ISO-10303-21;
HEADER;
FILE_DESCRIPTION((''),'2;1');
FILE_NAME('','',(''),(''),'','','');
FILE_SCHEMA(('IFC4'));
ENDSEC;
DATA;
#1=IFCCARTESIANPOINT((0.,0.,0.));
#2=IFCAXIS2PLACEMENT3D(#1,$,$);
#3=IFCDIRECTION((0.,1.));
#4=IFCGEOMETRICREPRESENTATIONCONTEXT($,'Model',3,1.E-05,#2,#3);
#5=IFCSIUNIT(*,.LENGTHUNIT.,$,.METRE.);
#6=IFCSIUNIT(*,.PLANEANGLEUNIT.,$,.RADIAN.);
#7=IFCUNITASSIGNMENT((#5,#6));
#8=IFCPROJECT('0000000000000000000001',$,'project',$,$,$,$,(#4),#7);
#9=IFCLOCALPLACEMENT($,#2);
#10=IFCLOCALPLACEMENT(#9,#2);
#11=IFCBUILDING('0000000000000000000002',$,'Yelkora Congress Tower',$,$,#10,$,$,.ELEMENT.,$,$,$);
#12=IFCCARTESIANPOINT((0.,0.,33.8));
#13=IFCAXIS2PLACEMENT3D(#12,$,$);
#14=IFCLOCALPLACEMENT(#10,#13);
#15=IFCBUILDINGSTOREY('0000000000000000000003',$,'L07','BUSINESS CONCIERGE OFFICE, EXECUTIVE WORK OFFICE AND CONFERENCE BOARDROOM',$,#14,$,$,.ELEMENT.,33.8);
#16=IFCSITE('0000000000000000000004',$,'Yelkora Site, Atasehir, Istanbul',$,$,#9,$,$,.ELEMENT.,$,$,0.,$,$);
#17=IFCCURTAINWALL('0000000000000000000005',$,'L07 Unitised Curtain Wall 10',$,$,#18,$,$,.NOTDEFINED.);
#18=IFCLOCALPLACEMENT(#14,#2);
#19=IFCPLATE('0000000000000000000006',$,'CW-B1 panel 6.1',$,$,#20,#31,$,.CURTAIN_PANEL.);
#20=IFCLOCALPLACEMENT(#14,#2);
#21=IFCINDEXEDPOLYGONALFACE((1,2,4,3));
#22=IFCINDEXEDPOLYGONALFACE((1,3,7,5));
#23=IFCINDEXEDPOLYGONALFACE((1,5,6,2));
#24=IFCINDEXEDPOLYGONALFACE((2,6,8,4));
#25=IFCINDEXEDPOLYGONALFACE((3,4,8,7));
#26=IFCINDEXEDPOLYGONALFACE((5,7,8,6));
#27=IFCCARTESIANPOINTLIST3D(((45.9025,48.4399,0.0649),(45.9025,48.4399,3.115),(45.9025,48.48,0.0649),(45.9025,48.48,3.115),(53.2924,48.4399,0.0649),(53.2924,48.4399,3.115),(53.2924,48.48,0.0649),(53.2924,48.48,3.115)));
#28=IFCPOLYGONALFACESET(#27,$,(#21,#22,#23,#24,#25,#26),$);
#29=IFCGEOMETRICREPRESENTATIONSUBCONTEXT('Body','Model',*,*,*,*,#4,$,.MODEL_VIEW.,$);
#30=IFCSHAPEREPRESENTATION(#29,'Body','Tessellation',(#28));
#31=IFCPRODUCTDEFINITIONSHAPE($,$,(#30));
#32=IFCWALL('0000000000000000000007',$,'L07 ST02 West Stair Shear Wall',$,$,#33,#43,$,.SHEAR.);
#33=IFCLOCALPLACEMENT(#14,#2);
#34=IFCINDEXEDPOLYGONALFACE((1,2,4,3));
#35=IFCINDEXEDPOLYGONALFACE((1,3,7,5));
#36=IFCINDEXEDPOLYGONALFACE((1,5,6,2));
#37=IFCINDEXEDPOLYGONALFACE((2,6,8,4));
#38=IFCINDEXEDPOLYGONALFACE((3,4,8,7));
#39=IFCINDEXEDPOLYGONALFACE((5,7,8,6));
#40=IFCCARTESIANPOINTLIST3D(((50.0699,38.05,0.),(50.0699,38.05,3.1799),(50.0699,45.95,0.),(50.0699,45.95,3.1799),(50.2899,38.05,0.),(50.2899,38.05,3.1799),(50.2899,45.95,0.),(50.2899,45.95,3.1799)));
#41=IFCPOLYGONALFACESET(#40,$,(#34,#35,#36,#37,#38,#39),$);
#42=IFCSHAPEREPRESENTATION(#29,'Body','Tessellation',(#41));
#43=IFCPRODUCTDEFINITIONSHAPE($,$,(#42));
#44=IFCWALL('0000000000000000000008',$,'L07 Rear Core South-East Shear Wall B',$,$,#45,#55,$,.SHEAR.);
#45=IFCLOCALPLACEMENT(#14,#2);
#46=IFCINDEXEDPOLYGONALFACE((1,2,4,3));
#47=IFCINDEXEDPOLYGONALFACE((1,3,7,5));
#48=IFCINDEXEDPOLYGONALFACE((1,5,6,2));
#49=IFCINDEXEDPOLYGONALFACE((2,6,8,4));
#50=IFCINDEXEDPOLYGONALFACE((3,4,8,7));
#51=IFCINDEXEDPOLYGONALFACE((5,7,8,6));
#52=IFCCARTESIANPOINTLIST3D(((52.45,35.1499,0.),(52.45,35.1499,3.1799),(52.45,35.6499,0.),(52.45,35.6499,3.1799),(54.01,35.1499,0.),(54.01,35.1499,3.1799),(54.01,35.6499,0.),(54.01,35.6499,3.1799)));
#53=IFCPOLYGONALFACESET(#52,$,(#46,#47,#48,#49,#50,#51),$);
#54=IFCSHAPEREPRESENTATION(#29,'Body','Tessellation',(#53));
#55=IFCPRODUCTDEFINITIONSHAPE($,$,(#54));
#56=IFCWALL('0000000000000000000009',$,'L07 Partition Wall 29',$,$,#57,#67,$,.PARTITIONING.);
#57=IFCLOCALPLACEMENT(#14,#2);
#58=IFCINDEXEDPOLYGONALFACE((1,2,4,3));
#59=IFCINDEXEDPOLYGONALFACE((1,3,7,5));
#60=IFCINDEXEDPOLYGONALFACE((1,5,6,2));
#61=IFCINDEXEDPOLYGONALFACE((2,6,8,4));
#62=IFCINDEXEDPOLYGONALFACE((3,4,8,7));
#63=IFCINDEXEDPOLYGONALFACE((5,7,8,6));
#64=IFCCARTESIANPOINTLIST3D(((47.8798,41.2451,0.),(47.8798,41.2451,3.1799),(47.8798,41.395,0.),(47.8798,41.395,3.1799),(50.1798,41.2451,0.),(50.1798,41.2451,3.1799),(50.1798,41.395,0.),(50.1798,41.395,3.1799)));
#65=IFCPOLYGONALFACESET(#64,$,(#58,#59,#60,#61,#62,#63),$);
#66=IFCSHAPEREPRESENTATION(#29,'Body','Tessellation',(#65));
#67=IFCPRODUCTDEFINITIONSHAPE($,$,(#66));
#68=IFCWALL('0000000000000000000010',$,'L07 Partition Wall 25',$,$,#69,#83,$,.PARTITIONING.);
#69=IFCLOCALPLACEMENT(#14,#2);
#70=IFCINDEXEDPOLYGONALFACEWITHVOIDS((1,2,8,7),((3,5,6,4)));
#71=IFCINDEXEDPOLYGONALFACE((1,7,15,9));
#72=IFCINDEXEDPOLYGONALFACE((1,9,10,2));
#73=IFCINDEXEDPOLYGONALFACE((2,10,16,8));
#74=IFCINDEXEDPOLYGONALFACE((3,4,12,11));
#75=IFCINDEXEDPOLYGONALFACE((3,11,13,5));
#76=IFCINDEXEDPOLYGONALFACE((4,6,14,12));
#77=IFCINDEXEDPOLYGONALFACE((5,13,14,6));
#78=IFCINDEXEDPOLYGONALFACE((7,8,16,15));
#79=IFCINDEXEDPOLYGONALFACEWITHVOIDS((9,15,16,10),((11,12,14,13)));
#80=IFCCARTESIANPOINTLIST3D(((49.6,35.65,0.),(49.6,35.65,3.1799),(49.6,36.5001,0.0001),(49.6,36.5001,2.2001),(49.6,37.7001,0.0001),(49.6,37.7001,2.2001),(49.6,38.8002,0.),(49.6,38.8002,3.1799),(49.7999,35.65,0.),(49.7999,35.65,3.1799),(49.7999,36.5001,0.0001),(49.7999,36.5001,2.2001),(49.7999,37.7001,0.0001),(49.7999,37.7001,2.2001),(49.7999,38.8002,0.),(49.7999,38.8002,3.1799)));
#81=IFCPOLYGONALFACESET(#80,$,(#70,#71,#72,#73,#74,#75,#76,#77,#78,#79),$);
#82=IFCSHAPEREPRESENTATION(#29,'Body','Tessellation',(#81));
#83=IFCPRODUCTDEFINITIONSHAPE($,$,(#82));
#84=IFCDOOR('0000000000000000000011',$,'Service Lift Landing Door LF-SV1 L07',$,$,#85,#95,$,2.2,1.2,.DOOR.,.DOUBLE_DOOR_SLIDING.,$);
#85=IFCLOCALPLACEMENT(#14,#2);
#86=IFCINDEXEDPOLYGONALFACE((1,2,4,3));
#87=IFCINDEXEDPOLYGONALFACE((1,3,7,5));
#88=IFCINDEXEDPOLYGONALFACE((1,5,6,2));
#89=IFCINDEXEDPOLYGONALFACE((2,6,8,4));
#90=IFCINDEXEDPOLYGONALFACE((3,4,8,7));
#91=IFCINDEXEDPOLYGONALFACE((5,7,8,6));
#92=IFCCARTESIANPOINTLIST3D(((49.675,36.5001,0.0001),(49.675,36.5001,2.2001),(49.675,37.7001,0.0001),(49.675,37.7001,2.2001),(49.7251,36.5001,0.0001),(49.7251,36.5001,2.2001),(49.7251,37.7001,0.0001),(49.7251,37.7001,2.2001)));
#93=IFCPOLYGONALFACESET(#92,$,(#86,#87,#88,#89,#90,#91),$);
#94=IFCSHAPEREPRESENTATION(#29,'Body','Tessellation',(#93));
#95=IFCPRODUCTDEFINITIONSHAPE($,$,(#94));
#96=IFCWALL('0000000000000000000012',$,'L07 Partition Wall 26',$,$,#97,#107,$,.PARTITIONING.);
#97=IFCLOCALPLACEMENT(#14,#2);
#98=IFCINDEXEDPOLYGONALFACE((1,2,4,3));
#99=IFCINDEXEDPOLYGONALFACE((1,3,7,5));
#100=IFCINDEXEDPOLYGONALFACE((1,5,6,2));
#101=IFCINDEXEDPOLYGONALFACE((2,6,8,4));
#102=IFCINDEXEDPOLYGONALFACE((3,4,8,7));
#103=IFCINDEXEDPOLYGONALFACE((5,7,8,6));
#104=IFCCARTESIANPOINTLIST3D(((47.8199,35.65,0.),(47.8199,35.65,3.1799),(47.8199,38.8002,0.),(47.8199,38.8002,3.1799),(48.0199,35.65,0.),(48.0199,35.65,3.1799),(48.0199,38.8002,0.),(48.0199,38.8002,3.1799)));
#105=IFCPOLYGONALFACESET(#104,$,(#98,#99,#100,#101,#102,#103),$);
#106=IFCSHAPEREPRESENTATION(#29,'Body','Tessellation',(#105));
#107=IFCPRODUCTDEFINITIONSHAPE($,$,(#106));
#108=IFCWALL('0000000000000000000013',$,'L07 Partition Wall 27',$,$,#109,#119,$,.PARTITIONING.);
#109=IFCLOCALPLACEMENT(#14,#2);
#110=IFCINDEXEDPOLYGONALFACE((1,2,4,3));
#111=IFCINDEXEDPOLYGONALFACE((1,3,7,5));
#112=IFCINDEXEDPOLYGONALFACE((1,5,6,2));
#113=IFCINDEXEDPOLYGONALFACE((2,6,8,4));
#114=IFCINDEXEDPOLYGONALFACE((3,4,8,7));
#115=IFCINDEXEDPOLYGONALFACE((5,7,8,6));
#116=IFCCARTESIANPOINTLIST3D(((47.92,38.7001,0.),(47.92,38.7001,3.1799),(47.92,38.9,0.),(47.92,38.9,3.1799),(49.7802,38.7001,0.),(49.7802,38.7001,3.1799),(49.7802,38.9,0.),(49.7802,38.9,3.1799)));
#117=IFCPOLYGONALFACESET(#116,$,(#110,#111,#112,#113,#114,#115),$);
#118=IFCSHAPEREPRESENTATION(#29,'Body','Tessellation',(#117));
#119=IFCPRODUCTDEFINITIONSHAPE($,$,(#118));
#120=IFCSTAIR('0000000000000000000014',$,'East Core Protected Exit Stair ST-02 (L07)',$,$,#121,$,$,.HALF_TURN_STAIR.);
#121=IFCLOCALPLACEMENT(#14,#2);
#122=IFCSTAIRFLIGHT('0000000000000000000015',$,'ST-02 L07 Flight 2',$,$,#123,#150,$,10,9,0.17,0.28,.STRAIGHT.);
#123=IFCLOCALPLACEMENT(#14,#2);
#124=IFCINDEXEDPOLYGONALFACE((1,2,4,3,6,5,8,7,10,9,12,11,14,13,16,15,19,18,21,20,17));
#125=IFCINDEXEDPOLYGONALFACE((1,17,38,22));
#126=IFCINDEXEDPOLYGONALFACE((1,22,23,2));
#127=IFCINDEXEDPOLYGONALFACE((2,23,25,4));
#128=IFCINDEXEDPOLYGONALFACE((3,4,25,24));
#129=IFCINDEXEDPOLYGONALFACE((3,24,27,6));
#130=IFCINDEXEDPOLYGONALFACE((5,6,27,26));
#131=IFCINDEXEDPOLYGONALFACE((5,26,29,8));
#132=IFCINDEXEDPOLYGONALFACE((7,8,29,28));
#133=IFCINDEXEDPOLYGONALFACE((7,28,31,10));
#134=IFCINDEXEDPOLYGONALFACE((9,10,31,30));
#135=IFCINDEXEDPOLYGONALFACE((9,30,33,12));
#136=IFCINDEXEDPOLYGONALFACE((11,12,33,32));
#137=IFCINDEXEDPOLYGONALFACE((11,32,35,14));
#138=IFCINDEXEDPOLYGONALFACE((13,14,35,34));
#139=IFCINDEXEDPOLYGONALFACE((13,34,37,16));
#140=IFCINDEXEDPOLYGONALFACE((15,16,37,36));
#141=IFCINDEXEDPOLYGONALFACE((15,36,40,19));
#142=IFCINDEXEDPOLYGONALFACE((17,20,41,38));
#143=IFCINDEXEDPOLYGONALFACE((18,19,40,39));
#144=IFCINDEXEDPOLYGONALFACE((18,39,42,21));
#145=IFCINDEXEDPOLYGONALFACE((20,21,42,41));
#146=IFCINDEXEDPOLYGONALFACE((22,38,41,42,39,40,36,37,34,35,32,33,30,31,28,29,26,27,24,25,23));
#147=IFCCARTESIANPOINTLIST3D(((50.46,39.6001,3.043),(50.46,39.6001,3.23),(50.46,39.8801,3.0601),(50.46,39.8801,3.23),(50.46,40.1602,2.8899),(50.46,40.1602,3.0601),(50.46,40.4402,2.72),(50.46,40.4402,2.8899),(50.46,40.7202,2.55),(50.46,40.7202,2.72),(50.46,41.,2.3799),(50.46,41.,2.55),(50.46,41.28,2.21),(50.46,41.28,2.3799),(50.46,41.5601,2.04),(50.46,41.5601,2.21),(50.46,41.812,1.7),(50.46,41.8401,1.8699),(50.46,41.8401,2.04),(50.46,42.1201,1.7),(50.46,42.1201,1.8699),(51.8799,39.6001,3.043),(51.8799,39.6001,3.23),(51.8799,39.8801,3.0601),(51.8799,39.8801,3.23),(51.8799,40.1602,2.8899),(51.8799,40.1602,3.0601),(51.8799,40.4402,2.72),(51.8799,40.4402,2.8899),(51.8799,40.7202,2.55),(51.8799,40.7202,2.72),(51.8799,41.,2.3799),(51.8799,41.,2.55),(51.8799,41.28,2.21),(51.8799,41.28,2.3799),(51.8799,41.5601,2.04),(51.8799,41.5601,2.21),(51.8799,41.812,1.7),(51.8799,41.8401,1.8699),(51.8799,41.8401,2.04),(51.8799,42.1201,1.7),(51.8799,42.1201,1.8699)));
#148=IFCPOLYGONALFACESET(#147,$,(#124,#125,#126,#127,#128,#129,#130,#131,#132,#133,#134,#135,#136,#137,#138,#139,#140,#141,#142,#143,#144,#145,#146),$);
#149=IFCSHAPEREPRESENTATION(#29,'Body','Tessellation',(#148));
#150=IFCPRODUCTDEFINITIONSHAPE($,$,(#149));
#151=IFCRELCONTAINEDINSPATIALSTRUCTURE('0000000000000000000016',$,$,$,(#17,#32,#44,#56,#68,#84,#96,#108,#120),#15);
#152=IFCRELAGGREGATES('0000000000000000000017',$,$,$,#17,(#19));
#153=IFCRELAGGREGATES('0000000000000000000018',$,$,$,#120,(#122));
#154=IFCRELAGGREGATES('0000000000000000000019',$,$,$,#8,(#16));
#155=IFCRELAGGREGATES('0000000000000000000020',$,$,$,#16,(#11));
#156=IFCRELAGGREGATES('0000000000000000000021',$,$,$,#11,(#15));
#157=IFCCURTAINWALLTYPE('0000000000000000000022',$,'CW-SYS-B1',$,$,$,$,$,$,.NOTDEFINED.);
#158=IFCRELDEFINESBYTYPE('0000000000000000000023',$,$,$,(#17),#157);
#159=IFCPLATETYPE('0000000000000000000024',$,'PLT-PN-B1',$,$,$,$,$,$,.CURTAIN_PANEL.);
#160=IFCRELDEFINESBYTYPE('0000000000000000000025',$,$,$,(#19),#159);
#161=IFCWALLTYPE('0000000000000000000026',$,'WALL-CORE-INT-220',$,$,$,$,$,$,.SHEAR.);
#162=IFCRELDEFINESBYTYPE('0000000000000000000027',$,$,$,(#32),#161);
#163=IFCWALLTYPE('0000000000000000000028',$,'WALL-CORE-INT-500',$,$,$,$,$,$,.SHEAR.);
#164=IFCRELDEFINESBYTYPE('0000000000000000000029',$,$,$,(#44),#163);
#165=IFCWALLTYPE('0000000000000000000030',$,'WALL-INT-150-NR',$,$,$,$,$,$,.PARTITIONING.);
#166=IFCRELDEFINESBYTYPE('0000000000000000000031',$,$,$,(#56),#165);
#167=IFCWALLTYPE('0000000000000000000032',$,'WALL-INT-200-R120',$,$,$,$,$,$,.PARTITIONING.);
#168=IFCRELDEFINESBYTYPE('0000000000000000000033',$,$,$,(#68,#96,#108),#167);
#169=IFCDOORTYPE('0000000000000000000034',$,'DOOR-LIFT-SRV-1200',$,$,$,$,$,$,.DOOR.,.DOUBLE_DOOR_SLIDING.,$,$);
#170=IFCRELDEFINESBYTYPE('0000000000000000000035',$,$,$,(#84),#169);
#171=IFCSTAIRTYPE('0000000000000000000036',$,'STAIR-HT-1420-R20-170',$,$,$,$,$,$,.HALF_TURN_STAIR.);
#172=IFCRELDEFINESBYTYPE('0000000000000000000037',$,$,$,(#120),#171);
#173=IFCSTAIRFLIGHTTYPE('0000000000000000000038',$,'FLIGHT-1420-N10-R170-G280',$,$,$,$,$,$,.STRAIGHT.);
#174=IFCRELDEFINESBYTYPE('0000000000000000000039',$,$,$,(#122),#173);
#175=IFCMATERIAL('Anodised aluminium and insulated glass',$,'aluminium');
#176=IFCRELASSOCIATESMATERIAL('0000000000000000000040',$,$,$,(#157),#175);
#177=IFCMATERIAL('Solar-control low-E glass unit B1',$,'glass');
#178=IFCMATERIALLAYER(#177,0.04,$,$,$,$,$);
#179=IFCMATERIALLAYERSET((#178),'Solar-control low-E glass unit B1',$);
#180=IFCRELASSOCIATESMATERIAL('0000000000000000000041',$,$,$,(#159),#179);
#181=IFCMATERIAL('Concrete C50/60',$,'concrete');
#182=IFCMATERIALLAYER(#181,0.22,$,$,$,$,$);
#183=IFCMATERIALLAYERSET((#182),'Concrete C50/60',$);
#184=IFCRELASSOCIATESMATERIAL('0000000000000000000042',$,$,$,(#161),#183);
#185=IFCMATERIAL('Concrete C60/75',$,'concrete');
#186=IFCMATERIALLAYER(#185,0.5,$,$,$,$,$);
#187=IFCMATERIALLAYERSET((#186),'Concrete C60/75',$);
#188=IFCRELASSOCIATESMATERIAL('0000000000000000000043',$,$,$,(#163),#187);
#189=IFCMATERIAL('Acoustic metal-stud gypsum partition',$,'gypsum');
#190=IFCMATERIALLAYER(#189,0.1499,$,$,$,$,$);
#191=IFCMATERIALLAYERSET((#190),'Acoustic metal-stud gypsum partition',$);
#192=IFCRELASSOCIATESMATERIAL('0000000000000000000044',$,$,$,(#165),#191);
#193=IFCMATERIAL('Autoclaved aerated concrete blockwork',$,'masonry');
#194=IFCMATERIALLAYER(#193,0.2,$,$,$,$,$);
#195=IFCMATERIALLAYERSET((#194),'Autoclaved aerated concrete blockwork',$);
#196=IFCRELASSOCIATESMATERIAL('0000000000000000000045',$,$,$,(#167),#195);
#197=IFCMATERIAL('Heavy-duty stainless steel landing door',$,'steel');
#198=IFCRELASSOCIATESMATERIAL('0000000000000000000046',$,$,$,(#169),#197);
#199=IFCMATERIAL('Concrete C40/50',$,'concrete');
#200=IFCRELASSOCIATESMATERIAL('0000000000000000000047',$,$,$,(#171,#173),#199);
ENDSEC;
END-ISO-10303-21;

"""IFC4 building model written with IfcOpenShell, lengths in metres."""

from ifc_helpers import new_model, si_unit, direction, frame, frame_2d, origin, origin_2d, place, context, subcontext, project, spatial, polyline, rectangle, outline, extrude, material, layer, layer_set, type_object, element, fill, aggregate, save


model = new_model("IFC4")

# Units and contexts
model_context = context("Model", 3, precision=1e-05, world=origin(), true_north=direction((0.0, 1.0)))
body_context = subcontext(model_context, "Body", "Model", "MODEL_VIEW")
ifc_project = project(units=[si_unit("LENGTHUNIT", "METRE"), si_unit("PLANEANGLEUNIT", "RADIAN")], contexts=[model_context])

# Site, building, storey
site_placement = place(None, origin())
site = spatial("IfcSite", under=ifc_project, at=site_placement, Name="Yelkora Site, Atasehir, Istanbul", CompositionType="ELEMENT", RefElevation=0.0)
building_placement = place(site_placement, origin())
building = spatial("IfcBuilding", under=site, at=building_placement, Name="Yelkora Congress Tower", CompositionType="ELEMENT")
storey_placement = place(building_placement, frame((0.0, 0.0, 33.8)))
storey = spatial("IfcBuildingStorey", under=building, at=storey_placement, Name="L07", Description="BUSINESS CONCIERGE OFFICE, EXECUTIVE WORK OFFICE AND CONFERENCE BOARDROOM", CompositionType="ELEMENT", Elevation=33.8)

# Curtain wall, plate
ifc_material_1 = material(Name="Anodised aluminium and insulated glass", Category="aluminium")
curtain_wall_type = type_object("IfcCurtainWallType", Name="CW-SYS-B1", PredefinedType="NOTDEFINED", material=ifc_material_1)
curtain_wall_placement = place(storey_placement, origin())
curtain_wall = element("IfcCurtainWall", 1, at=curtain_wall_placement, inside=storey, type_object=curtain_wall_type, Name="L07 Unitised Curtain Wall 10", PredefinedType="NOTDEFINED")
ifc_material_2 = material(Name="Solar-control low-E glass unit B1", Category="glass")
ifc_layer_1 = layer(ifc_material_2, 0.04)
ifc_layer_set_1 = layer_set([ifc_layer_1], Name="Solar-control low-E glass unit B1")
plate_type = type_object("IfcPlateType", Name="PLT-PN-B1", PredefinedType="CURTAIN_PANEL", material=ifc_layer_set_1)
plate_placement = place(storey_placement, frame((49.5974, 48.46, 0.0649), z_axis=(0.0, 0.0, 1.0), x_axis=(1.0, 0.0, 0.0)))
plate = element("IfcPlate", 2, at=plate_placement, type_object=plate_type, Name="CW-B1 panel 6.1", PredefinedType="CURTAIN_PANEL", context=body_context, shape_type="SweptSolid", body=[
    extrude(rectangle(XDim=7.3899, YDim=0.04, at=origin_2d()), origin(), (0.0, 0.0, 1.0), 3.05),
])
aggregate(curtain_wall, [plate])

# Walls
ifc_material_3 = material(Name="Concrete C50/60", Category="concrete")
ifc_layer_2 = layer(ifc_material_3, 0.22)
ifc_layer_set_2 = layer_set([ifc_layer_2], Name="Concrete C50/60")
wall_type_1 = type_object("IfcWallType", Name="WALL-CORE-INT-220", PredefinedType="SHEAR", material=ifc_layer_set_2)
wall_1_placement = place(storey_placement, frame((50.1799, 38.05, 0.0), z_axis=(0.0, 0.0, 1.0), x_axis=(0.0, 1.0, 0.0)))
element("IfcWall", 3, at=wall_1_placement, inside=storey, type_object=wall_type_1, Name="L07 ST02 West Stair Shear Wall", PredefinedType="SHEAR", context=body_context, shape_type="SweptSolid", body=[
    extrude(rectangle(XDim=7.8999, YDim=0.22, at=frame_2d((3.95, 0.0))), origin(), (0.0, 0.0, 1.0), 3.1799),
])
ifc_material_4 = material(Name="Concrete C60/75", Category="concrete")
ifc_layer_3 = layer(ifc_material_4, 0.5)
ifc_layer_set_3 = layer_set([ifc_layer_3], Name="Concrete C60/75")
wall_type_2 = type_object("IfcWallType", Name="WALL-CORE-INT-500", PredefinedType="SHEAR", material=ifc_layer_set_3)
wall_2_placement = place(storey_placement, frame((52.45, 35.3999, 0.0), z_axis=(0.0, 0.0, 1.0), x_axis=(1.0, 0.0, 0.0)))
element("IfcWall", 4, at=wall_2_placement, inside=storey, type_object=wall_type_2, Name="L07 Rear Core South-East Shear Wall B", PredefinedType="SHEAR", context=body_context, shape_type="SweptSolid", body=[
    extrude(rectangle(XDim=1.5601, YDim=0.5, at=frame_2d((0.78, 0.0))), origin(), (0.0, 0.0, 1.0), 3.1799),
])
ifc_material_5 = material(Name="Acoustic metal-stud gypsum partition", Category="gypsum")
ifc_layer_4 = layer(ifc_material_5, 0.1499)
ifc_layer_set_4 = layer_set([ifc_layer_4], Name="Acoustic metal-stud gypsum partition")
wall_type_3 = type_object("IfcWallType", Name="WALL-INT-150-NR", PredefinedType="PARTITIONING", material=ifc_layer_set_4)
wall_3_placement = place(storey_placement, frame((47.8799, 41.3201, 0.0), z_axis=(0.0, 0.0, 1.0), x_axis=(1.0, 0.0, 0.0)))
element("IfcWall", 5, at=wall_3_placement, inside=storey, type_object=wall_type_3, Name="L07 Partition Wall 29", PredefinedType="PARTITIONING", context=body_context, shape_type="SweptSolid", body=[
    extrude(rectangle(XDim=2.3, YDim=0.1499, at=frame_2d((1.1499, 0.0))), origin(), (0.0, 0.0, 1.0), 3.1799),
])

# Wall, opening, door
ifc_material_6 = material(Name="Autoclaved aerated concrete blockwork", Category="masonry")
ifc_layer_5 = layer(ifc_material_6, 0.2)
ifc_layer_set_5 = layer_set([ifc_layer_5], Name="Autoclaved aerated concrete blockwork")
wall_type_4 = type_object("IfcWallType", Name="WALL-INT-200-R120", PredefinedType="PARTITIONING", material=ifc_layer_set_5)
wall_4_placement = place(storey_placement, frame((49.7, 35.6499, 0.0), z_axis=(0.0, 0.0, 1.0), x_axis=(0.0, 1.0, 0.0)))
wall_4 = element("IfcWall", 6, at=wall_4_placement, inside=storey, type_object=wall_type_4, Name="L07 Partition Wall 25", PredefinedType="PARTITIONING", context=body_context, shape_type="SweptSolid", body=[
    extrude(rectangle(XDim=3.1501, YDim=0.2, at=frame_2d((1.5752, 0.0))), origin(), (0.0, 0.0, 1.0), 3.1799),
])
opening_1_placement = place(wall_4_placement, frame((0.8501, 0.0, 0.0)))
opening_1 = element("IfcOpeningElement", 7, at=opening_1_placement, cuts=wall_4, PredefinedType="OPENING", context=body_context, shape_type="SweptSolid", body=[
    extrude(rectangle(XDim=1.2, YDim=2.2, at=frame_2d((0.6001, 1.1001))), frame((0.0, 0.1099, 0.0), z_axis=(0.0, -1.0, 0.0), x_axis=(1.0, 0.0, 0.0)), (0.0, 0.0, 1.0), 0.22),
])
ifc_material_7 = material(Name="Heavy-duty stainless steel landing door", Category="steel")
door_type_1 = type_object("IfcDoorType", Name="DOOR-LIFT-SRV-1200", OperationType="DOUBLE_DOOR_SLIDING", PredefinedType="DOOR", material=ifc_material_7)
door_1_placement = place(opening_1_placement, origin())
door_1 = element("IfcDoor", 8, at=door_1_placement, inside=storey, type_object=door_type_1, Name="Service Lift Landing Door LF-SV1 L07", OperationType="DOUBLE_DOOR_SLIDING", OverallHeight=2.2, OverallWidth=1.2, PredefinedType="DOOR", context=body_context, shape_type="SweptSolid", body=[
    extrude(rectangle(XDim=1.2, YDim=2.2, at=frame_2d((0.6001, 1.1001))), frame((0.0, 0.0249, 0.0), z_axis=(0.0, -1.0, 0.0), x_axis=(1.0, 0.0, 0.0)), (0.0, 0.0, 1.0), 0.05),
])
fill(opening_1, door_1)

# Walls
wall_5_placement = place(storey_placement, frame((47.9199, 35.6499, 0.0), z_axis=(0.0, 0.0, 1.0), x_axis=(0.0, 1.0, 0.0)))
element("IfcWall", 9, at=wall_5_placement, inside=storey, type_object=wall_type_4, Name="L07 Partition Wall 26", PredefinedType="PARTITIONING", context=body_context, shape_type="SweptSolid", body=[
    extrude(rectangle(XDim=3.1501, YDim=0.2, at=frame_2d((1.5752, 0.0))), origin(), (0.0, 0.0, 1.0), 3.1799),
])
wall_6_placement = place(storey_placement, frame((47.9199, 38.8, 0.0), z_axis=(0.0, 0.0, 1.0), x_axis=(1.0, 0.0, 0.0)))
element("IfcWall", 10, at=wall_6_placement, inside=storey, type_object=wall_type_4, Name="L07 Partition Wall 27", PredefinedType="PARTITIONING", context=body_context, shape_type="SweptSolid", body=[
    extrude(rectangle(XDim=1.8601, YDim=0.2, at=frame_2d((0.9302, 0.0))), origin(), (0.0, 0.0, 1.0), 3.1799),
])

# Stair, stair flight
ifc_material_8 = material(Name="Concrete C40/50", Category="concrete")
stair_type = type_object("IfcStairType", Name="STAIR-HT-1420-R20-170", PredefinedType="HALF_TURN_STAIR", material=ifc_material_8)
stair_placement = place(storey_placement, origin())
stair = element("IfcStair", 11, at=stair_placement, inside=storey, type_object=stair_type, Name="East Core Protected Exit Stair ST-02 (L07)", PredefinedType="HALF_TURN_STAIR")
stair_flight_type = type_object("IfcStairFlightType", Name="FLIGHT-1420-N10-R170-G280", PredefinedType="STRAIGHT", material=ifc_material_8)
stair_flight_placement = place(storey_placement, frame((51.1699, 42.1201, 1.7), z_axis=(0.0, 0.0, 1.0), x_axis=(0.0, -1.0, 0.0)))
stair_flight = element("IfcStairFlight", 12, at=stair_flight_placement, type_object=stair_flight_type, Name="ST-02 L07 Flight 2", NumberOfRisers=10, NumberOfTreads=9, PredefinedType="STRAIGHT", RiserHeight=0.17, TreadLength=0.28, context=body_context, shape_type="SweptSolid", body=[
    extrude(outline(polyline([(0.0, 0.0), (0.0, 0.1699), (0.28, 0.1699), (0.28, 0.3401), (0.5601, 0.3401), (0.5601, 0.51), (0.8401, 0.51), (0.8401, 0.6799), (1.1201, 0.6799), (1.1201, 0.8501), (1.3999, 0.8501), (1.3999, 1.02), (1.6799, 1.02), (1.6799, 1.1899), (1.96, 1.1899), (1.96, 1.3601), (2.24, 1.3601), (2.24, 1.53), (2.52, 1.53), (2.52, 1.7), (2.52, 1.343), (0.3081, 0.0), (0.0, 0.0)])), frame((0.0, 0.71, 0.0), z_axis=(0.0, -1.0, 0.0), x_axis=(1.0, 0.0, 0.0)), (0.0, 0.0, 1.0), 1.4199),
])
aggregate(stair, [stair_flight])

save(model, "model.ifc")
